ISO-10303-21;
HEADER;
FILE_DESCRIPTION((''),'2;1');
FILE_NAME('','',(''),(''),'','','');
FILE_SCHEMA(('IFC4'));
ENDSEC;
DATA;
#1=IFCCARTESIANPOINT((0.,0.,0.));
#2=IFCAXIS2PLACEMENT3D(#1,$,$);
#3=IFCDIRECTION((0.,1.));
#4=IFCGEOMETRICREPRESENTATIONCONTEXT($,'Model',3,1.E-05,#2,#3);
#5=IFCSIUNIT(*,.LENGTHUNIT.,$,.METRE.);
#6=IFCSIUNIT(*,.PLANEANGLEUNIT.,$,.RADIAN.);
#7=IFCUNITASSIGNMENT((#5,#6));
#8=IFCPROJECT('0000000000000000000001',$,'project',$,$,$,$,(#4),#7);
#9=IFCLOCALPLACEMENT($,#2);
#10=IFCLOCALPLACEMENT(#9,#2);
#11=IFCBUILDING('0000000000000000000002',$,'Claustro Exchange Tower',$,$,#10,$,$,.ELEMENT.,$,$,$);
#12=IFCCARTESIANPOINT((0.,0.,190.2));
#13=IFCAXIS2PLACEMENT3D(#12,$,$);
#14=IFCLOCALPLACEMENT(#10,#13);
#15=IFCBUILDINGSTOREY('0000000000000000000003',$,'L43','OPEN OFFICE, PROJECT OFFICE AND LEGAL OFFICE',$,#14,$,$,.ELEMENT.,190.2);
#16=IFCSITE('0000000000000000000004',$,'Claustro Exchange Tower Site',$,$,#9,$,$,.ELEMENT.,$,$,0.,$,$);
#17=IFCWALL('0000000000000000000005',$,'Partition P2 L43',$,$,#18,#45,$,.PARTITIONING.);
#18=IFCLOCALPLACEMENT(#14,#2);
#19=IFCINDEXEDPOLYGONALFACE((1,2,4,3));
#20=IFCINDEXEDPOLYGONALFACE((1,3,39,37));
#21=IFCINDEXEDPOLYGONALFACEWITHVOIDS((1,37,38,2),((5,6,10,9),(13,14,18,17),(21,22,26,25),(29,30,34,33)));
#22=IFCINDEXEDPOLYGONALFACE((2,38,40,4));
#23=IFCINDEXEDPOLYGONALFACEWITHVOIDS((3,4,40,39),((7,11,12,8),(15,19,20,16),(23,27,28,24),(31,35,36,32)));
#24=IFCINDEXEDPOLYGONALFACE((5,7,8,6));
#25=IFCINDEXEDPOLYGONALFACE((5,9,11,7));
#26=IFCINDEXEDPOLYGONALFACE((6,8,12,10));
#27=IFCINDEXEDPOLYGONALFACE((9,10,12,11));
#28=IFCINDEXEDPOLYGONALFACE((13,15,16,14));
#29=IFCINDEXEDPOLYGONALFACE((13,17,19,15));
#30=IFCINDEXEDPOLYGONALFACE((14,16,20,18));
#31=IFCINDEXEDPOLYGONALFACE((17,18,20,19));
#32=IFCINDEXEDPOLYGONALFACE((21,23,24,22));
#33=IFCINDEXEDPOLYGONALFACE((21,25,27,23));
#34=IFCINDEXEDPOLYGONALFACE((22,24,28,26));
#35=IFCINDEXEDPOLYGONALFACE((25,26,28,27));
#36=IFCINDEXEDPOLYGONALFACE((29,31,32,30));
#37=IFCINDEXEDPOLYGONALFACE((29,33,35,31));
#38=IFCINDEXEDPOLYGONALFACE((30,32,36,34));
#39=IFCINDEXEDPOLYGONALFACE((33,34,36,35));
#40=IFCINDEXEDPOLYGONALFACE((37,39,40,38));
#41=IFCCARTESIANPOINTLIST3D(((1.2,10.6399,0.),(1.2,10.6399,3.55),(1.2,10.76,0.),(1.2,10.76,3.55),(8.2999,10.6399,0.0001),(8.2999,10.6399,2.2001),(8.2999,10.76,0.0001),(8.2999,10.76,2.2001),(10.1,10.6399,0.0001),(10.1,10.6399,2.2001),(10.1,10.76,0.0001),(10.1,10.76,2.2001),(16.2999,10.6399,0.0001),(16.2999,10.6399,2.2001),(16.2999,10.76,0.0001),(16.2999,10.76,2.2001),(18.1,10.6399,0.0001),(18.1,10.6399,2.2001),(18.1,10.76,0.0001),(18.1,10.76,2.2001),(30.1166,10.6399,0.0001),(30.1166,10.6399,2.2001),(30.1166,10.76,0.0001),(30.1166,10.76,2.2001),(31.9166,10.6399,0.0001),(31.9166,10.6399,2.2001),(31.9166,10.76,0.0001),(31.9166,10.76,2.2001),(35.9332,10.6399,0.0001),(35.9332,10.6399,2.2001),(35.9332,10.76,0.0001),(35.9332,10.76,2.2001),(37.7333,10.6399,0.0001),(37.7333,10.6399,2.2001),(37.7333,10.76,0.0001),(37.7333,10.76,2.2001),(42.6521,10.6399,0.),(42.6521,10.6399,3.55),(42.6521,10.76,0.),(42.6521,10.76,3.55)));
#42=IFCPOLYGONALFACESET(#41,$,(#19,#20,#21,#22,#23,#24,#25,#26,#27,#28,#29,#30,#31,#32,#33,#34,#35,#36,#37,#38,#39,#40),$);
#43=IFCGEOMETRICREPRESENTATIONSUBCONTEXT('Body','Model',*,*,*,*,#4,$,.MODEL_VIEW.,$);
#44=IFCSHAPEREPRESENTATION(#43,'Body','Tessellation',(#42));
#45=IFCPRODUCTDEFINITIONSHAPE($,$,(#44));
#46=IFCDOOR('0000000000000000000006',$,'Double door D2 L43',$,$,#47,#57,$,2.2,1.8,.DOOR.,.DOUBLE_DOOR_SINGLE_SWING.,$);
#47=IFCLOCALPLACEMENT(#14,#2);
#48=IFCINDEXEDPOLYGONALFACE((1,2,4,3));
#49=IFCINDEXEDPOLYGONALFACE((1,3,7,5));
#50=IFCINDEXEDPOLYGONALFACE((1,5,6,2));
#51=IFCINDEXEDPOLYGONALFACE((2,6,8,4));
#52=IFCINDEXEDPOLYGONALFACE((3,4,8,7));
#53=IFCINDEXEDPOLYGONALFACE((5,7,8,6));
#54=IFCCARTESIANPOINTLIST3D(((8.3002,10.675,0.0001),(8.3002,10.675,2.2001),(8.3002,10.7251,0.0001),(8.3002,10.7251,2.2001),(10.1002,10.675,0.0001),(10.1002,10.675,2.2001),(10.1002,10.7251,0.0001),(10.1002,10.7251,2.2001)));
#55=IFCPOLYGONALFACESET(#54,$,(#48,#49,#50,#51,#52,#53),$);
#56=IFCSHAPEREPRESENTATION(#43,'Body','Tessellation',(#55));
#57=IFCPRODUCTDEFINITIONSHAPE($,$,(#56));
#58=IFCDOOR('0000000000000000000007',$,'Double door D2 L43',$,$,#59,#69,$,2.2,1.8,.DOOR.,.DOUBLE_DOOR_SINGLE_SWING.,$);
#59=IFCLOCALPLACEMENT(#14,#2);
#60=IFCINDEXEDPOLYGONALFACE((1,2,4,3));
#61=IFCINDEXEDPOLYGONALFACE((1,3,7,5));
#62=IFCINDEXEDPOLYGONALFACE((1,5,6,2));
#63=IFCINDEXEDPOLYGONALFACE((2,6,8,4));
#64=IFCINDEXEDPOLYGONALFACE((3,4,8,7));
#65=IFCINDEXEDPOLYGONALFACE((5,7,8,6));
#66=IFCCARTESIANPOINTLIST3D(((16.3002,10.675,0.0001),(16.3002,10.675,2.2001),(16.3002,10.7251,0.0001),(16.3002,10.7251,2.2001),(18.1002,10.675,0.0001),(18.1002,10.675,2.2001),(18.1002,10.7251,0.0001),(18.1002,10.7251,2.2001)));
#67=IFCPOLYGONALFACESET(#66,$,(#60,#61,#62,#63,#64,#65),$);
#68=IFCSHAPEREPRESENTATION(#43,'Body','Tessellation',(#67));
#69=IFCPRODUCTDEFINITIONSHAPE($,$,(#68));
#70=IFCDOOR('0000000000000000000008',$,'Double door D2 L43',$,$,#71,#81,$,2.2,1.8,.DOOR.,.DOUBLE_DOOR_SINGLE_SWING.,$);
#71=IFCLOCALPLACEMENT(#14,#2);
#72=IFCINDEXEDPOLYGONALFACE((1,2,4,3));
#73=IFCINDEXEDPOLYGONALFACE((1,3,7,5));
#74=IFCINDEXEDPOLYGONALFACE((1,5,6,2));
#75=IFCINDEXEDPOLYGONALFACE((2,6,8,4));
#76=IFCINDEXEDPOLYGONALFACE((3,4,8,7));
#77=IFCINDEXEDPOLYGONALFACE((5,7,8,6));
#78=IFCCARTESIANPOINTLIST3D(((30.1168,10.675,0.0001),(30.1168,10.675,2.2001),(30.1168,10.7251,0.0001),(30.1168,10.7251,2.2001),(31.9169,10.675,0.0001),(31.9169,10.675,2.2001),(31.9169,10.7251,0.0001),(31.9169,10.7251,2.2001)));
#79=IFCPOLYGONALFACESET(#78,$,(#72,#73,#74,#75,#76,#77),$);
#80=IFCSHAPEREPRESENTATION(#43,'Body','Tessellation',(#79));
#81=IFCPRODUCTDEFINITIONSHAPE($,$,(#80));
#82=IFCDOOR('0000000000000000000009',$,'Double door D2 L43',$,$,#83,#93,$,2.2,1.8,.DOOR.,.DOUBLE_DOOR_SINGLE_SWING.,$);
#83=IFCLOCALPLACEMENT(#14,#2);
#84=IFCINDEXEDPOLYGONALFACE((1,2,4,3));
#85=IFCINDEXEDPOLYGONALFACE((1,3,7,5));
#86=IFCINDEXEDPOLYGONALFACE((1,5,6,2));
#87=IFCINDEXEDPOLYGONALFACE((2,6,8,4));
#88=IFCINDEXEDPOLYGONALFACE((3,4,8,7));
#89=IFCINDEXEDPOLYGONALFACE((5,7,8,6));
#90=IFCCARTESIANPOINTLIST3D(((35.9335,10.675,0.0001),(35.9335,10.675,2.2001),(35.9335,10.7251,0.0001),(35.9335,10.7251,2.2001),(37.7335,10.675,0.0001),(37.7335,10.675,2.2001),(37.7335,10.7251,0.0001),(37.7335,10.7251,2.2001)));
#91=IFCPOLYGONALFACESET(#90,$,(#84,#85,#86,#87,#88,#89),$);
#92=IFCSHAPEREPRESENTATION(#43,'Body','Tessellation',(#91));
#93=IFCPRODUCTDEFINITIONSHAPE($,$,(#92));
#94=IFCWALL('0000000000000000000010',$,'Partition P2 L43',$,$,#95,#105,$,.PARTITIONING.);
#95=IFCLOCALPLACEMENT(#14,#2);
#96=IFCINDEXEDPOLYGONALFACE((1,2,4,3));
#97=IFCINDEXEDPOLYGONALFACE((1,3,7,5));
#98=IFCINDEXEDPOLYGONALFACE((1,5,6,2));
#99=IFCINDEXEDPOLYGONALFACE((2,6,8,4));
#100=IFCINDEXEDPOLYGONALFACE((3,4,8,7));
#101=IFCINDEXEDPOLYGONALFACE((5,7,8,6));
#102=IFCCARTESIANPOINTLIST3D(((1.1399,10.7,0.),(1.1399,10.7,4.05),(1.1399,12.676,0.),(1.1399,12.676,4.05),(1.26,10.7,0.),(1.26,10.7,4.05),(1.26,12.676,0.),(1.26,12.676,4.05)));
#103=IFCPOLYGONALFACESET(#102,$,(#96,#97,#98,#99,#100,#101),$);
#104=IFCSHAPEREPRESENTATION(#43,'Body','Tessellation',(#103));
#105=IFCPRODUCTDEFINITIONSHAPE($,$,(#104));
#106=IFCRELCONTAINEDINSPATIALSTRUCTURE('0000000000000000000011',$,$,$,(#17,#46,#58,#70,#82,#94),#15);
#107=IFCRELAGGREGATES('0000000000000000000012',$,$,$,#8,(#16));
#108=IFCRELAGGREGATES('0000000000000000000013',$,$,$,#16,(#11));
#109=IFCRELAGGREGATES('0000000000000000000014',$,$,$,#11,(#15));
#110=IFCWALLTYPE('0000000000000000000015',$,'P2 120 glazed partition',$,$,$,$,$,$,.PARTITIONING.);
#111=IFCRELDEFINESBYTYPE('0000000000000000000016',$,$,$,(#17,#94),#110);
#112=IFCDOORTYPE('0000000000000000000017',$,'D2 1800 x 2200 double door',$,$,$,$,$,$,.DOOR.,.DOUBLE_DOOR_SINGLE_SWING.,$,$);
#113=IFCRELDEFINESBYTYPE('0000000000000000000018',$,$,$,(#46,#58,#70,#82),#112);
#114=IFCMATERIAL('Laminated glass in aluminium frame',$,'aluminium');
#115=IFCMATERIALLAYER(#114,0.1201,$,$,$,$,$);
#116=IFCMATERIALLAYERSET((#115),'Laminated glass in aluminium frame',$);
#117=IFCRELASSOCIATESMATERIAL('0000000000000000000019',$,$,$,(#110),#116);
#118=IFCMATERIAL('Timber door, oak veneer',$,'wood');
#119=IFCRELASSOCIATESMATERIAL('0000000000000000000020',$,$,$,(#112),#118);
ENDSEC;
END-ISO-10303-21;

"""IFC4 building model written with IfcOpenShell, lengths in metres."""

from ifc_helpers import new_model, si_unit, direction, frame, frame_2d, origin, place, context, subcontext, project, spatial, rectangle, extrude, material, layer, layer_set, type_object, element, fill, save


model = new_model("IFC4")

# Units and contexts
model_context = context("Model", 3, precision=1e-05, world=origin(), true_north=direction((0.0, 1.0)))
body_context = subcontext(model_context, "Body", "Model", "MODEL_VIEW")
ifc_project = project(units=[si_unit("LENGTHUNIT", "METRE"), si_unit("PLANEANGLEUNIT", "RADIAN")], contexts=[model_context])

# Site, building, storey
site_placement = place(None, origin())
site = spatial("IfcSite", under=ifc_project, at=site_placement, Name="Claustro Exchange Tower Site", CompositionType="ELEMENT", RefElevation=0.0)
building_placement = place(site_placement, origin())
building = spatial("IfcBuilding", under=site, at=building_placement, Name="Claustro Exchange Tower", CompositionType="ELEMENT")
storey_placement = place(building_placement, frame((0.0, 0.0, 190.2)))
storey = spatial("IfcBuildingStorey", under=building, at=storey_placement, Name="L43", Description="OPEN OFFICE, PROJECT OFFICE AND LEGAL OFFICE", CompositionType="ELEMENT", Elevation=190.2)

# Wall, openings, doors
ifc_material_1 = material(Name="Laminated glass in aluminium frame", Category="aluminium")
ifc_layer_1 = layer(ifc_material_1, 0.1201)
ifc_layer_set_1 = layer_set([ifc_layer_1], Name="Laminated glass in aluminium frame")
wall_type_1 = type_object("IfcWallType", Name="P2 120 glazed partition", PredefinedType="PARTITIONING", material=ifc_layer_set_1)
wall_1_placement = place(storey_placement, frame((1.2, 10.7, 0.0), z_axis=(0.0, 0.0, 1.0), x_axis=(1.0, 0.0, 0.0)))
wall_1 = element("IfcWall", 1, at=wall_1_placement, inside=storey, type_object=wall_type_1, Name="Partition P2 L43", PredefinedType="PARTITIONING", context=body_context, shape_type="SweptSolid", body=[
    extrude(rectangle(XDim=41.4521, YDim=0.1201, at=frame_2d((20.7261, 0.0))), origin(), (0.0, 0.0, 1.0), 3.55),
])
opening_1_placement = place(wall_1_placement, frame((7.1001, 0.0, 0.0)))
opening_1 = element("IfcOpeningElement", 2, at=opening_1_placement, cuts=wall_1, PredefinedType="OPENING", context=body_context, shape_type="SweptSolid", body=[
    extrude(rectangle(XDim=1.8, YDim=2.2, at=frame_2d((0.8999, 1.1001))), frame((0.0, 0.0701, 0.0), z_axis=(0.0, -1.0, 0.0), x_axis=(1.0, 0.0, 0.0)), (0.0, 0.0, 1.0), 0.1401),
])
opening_2_placement = place(wall_1_placement, frame((15.1001, 0.0, 0.0)))
opening_2 = element("IfcOpeningElement", 3, at=opening_2_placement, cuts=wall_1, PredefinedType="OPENING", context=body_context, shape_type="SweptSolid", body=[
    extrude(rectangle(XDim=1.8, YDim=2.2, at=frame_2d((0.8999, 1.1001))), frame((0.0, 0.0701, 0.0), z_axis=(0.0, -1.0, 0.0), x_axis=(1.0, 0.0, 0.0)), (0.0, 0.0, 1.0), 0.1401),
])
opening_3_placement = place(wall_1_placement, frame((28.9167, 0.0, 0.0)))
opening_3 = element("IfcOpeningElement", 4, at=opening_3_placement, cuts=wall_1, PredefinedType="OPENING", context=body_context, shape_type="SweptSolid", body=[
    extrude(rectangle(XDim=1.8, YDim=2.2, at=frame_2d((0.8999, 1.1001))), frame((0.0, 0.0701, 0.0), z_axis=(0.0, -1.0, 0.0), x_axis=(1.0, 0.0, 0.0)), (0.0, 0.0, 1.0), 0.1401),
])
opening_4_placement = place(wall_1_placement, frame((34.7334, 0.0, 0.0)))
opening_4 = element("IfcOpeningElement", 5, at=opening_4_placement, cuts=wall_1, PredefinedType="OPENING", context=body_context, shape_type="SweptSolid", body=[
    extrude(rectangle(XDim=1.8, YDim=2.2, at=frame_2d((0.8999, 1.1001))), frame((0.0, 0.0701, 0.0), z_axis=(0.0, -1.0, 0.0), x_axis=(1.0, 0.0, 0.0)), (0.0, 0.0, 1.0), 0.1401),
])
ifc_material_2 = material(Name="Timber door, oak veneer", Category="wood")
door_type_1 = type_object("IfcDoorType", Name="D2 1800 x 2200 double door", OperationType="DOUBLE_DOOR_SINGLE_SWING", PredefinedType="DOOR", material=ifc_material_2)
door_1_placement = place(opening_1_placement, frame((1.8, 0.0, 0.0), z_axis=(0.0, 0.0, 1.0), x_axis=(-1.0, 0.0, 0.0)))
door_1 = element("IfcDoor", 6, at=door_1_placement, inside=storey, type_object=door_type_1, Name="Double door D2 L43", OperationType="DOUBLE_DOOR_SINGLE_SWING", OverallHeight=2.2, OverallWidth=1.8, PredefinedType="DOOR", context=body_context, shape_type="SweptSolid", body=[
    extrude(rectangle(XDim=1.8, YDim=2.2, at=frame_2d((0.8999, 1.1001))), frame((0.0, 0.0249, 0.0), z_axis=(0.0, -1.0, 0.0), x_axis=(1.0, 0.0, 0.0)), (0.0, 0.0, 1.0), 0.05),
])
fill(opening_1, door_1)
door_2_placement = place(opening_2_placement, frame((1.8, 0.0, 0.0), z_axis=(0.0, 0.0, 1.0), x_axis=(-1.0, 0.0, 0.0)))
door_2 = element("IfcDoor", 7, at=door_2_placement, inside=storey, type_object=door_type_1, Name="Double door D2 L43", OperationType="DOUBLE_DOOR_SINGLE_SWING", OverallHeight=2.2, OverallWidth=1.8, PredefinedType="DOOR", context=body_context, shape_type="SweptSolid", body=[
    extrude(rectangle(XDim=1.8, YDim=2.2, at=frame_2d((0.8999, 1.1001))), frame((0.0, 0.0249, 0.0), z_axis=(0.0, -1.0, 0.0), x_axis=(1.0, 0.0, 0.0)), (0.0, 0.0, 1.0), 0.05),
])
fill(opening_2, door_2)
door_3_placement = place(opening_3_placement, frame((1.8, 0.0, 0.0), z_axis=(0.0, 0.0, 1.0), x_axis=(-1.0, 0.0, 0.0)))
door_3 = element("IfcDoor", 8, at=door_3_placement, inside=storey, type_object=door_type_1, Name="Double door D2 L43", OperationType="DOUBLE_DOOR_SINGLE_SWING", OverallHeight=2.2, OverallWidth=1.8, PredefinedType="DOOR", context=body_context, shape_type="SweptSolid", body=[
    extrude(rectangle(XDim=1.8, YDim=2.2, at=frame_2d((0.8999, 1.1001))), frame((0.0, 0.0249, 0.0), z_axis=(0.0, -1.0, 0.0), x_axis=(1.0, 0.0, 0.0)), (0.0, 0.0, 1.0), 0.05),
])
fill(opening_3, door_3)
door_4_placement = place(opening_4_placement, frame((1.8, 0.0, 0.0), z_axis=(0.0, 0.0, 1.0), x_axis=(-1.0, 0.0, 0.0)))
door_4 = element("IfcDoor", 9, at=door_4_placement, inside=storey, type_object=door_type_1, Name="Double door D2 L43", OperationType="DOUBLE_DOOR_SINGLE_SWING", OverallHeight=2.2, OverallWidth=1.8, PredefinedType="DOOR", context=body_context, shape_type="SweptSolid", body=[
    extrude(rectangle(XDim=1.8, YDim=2.2, at=frame_2d((0.8999, 1.1001))), frame((0.0, 0.0249, 0.0), z_axis=(0.0, -1.0, 0.0), x_axis=(1.0, 0.0, 0.0)), (0.0, 0.0, 1.0), 0.05),
])
fill(opening_4, door_4)

# Wall
wall_2_placement = place(storey_placement, frame((1.2, 10.7, 0.0), z_axis=(0.0, 0.0, 1.0), x_axis=(0.0, 1.0, 0.0)))
element("IfcWall", 10, at=wall_2_placement, inside=storey, type_object=wall_type_1, Name="Partition P2 L43", PredefinedType="PARTITIONING", context=body_context, shape_type="SweptSolid", body=[
    extrude(rectangle(XDim=1.9761, YDim=0.1201, at=frame_2d((0.988, 0.0))), origin(), (0.0, 0.0, 1.0), 4.05),
])

save(model, "model.ifc")
